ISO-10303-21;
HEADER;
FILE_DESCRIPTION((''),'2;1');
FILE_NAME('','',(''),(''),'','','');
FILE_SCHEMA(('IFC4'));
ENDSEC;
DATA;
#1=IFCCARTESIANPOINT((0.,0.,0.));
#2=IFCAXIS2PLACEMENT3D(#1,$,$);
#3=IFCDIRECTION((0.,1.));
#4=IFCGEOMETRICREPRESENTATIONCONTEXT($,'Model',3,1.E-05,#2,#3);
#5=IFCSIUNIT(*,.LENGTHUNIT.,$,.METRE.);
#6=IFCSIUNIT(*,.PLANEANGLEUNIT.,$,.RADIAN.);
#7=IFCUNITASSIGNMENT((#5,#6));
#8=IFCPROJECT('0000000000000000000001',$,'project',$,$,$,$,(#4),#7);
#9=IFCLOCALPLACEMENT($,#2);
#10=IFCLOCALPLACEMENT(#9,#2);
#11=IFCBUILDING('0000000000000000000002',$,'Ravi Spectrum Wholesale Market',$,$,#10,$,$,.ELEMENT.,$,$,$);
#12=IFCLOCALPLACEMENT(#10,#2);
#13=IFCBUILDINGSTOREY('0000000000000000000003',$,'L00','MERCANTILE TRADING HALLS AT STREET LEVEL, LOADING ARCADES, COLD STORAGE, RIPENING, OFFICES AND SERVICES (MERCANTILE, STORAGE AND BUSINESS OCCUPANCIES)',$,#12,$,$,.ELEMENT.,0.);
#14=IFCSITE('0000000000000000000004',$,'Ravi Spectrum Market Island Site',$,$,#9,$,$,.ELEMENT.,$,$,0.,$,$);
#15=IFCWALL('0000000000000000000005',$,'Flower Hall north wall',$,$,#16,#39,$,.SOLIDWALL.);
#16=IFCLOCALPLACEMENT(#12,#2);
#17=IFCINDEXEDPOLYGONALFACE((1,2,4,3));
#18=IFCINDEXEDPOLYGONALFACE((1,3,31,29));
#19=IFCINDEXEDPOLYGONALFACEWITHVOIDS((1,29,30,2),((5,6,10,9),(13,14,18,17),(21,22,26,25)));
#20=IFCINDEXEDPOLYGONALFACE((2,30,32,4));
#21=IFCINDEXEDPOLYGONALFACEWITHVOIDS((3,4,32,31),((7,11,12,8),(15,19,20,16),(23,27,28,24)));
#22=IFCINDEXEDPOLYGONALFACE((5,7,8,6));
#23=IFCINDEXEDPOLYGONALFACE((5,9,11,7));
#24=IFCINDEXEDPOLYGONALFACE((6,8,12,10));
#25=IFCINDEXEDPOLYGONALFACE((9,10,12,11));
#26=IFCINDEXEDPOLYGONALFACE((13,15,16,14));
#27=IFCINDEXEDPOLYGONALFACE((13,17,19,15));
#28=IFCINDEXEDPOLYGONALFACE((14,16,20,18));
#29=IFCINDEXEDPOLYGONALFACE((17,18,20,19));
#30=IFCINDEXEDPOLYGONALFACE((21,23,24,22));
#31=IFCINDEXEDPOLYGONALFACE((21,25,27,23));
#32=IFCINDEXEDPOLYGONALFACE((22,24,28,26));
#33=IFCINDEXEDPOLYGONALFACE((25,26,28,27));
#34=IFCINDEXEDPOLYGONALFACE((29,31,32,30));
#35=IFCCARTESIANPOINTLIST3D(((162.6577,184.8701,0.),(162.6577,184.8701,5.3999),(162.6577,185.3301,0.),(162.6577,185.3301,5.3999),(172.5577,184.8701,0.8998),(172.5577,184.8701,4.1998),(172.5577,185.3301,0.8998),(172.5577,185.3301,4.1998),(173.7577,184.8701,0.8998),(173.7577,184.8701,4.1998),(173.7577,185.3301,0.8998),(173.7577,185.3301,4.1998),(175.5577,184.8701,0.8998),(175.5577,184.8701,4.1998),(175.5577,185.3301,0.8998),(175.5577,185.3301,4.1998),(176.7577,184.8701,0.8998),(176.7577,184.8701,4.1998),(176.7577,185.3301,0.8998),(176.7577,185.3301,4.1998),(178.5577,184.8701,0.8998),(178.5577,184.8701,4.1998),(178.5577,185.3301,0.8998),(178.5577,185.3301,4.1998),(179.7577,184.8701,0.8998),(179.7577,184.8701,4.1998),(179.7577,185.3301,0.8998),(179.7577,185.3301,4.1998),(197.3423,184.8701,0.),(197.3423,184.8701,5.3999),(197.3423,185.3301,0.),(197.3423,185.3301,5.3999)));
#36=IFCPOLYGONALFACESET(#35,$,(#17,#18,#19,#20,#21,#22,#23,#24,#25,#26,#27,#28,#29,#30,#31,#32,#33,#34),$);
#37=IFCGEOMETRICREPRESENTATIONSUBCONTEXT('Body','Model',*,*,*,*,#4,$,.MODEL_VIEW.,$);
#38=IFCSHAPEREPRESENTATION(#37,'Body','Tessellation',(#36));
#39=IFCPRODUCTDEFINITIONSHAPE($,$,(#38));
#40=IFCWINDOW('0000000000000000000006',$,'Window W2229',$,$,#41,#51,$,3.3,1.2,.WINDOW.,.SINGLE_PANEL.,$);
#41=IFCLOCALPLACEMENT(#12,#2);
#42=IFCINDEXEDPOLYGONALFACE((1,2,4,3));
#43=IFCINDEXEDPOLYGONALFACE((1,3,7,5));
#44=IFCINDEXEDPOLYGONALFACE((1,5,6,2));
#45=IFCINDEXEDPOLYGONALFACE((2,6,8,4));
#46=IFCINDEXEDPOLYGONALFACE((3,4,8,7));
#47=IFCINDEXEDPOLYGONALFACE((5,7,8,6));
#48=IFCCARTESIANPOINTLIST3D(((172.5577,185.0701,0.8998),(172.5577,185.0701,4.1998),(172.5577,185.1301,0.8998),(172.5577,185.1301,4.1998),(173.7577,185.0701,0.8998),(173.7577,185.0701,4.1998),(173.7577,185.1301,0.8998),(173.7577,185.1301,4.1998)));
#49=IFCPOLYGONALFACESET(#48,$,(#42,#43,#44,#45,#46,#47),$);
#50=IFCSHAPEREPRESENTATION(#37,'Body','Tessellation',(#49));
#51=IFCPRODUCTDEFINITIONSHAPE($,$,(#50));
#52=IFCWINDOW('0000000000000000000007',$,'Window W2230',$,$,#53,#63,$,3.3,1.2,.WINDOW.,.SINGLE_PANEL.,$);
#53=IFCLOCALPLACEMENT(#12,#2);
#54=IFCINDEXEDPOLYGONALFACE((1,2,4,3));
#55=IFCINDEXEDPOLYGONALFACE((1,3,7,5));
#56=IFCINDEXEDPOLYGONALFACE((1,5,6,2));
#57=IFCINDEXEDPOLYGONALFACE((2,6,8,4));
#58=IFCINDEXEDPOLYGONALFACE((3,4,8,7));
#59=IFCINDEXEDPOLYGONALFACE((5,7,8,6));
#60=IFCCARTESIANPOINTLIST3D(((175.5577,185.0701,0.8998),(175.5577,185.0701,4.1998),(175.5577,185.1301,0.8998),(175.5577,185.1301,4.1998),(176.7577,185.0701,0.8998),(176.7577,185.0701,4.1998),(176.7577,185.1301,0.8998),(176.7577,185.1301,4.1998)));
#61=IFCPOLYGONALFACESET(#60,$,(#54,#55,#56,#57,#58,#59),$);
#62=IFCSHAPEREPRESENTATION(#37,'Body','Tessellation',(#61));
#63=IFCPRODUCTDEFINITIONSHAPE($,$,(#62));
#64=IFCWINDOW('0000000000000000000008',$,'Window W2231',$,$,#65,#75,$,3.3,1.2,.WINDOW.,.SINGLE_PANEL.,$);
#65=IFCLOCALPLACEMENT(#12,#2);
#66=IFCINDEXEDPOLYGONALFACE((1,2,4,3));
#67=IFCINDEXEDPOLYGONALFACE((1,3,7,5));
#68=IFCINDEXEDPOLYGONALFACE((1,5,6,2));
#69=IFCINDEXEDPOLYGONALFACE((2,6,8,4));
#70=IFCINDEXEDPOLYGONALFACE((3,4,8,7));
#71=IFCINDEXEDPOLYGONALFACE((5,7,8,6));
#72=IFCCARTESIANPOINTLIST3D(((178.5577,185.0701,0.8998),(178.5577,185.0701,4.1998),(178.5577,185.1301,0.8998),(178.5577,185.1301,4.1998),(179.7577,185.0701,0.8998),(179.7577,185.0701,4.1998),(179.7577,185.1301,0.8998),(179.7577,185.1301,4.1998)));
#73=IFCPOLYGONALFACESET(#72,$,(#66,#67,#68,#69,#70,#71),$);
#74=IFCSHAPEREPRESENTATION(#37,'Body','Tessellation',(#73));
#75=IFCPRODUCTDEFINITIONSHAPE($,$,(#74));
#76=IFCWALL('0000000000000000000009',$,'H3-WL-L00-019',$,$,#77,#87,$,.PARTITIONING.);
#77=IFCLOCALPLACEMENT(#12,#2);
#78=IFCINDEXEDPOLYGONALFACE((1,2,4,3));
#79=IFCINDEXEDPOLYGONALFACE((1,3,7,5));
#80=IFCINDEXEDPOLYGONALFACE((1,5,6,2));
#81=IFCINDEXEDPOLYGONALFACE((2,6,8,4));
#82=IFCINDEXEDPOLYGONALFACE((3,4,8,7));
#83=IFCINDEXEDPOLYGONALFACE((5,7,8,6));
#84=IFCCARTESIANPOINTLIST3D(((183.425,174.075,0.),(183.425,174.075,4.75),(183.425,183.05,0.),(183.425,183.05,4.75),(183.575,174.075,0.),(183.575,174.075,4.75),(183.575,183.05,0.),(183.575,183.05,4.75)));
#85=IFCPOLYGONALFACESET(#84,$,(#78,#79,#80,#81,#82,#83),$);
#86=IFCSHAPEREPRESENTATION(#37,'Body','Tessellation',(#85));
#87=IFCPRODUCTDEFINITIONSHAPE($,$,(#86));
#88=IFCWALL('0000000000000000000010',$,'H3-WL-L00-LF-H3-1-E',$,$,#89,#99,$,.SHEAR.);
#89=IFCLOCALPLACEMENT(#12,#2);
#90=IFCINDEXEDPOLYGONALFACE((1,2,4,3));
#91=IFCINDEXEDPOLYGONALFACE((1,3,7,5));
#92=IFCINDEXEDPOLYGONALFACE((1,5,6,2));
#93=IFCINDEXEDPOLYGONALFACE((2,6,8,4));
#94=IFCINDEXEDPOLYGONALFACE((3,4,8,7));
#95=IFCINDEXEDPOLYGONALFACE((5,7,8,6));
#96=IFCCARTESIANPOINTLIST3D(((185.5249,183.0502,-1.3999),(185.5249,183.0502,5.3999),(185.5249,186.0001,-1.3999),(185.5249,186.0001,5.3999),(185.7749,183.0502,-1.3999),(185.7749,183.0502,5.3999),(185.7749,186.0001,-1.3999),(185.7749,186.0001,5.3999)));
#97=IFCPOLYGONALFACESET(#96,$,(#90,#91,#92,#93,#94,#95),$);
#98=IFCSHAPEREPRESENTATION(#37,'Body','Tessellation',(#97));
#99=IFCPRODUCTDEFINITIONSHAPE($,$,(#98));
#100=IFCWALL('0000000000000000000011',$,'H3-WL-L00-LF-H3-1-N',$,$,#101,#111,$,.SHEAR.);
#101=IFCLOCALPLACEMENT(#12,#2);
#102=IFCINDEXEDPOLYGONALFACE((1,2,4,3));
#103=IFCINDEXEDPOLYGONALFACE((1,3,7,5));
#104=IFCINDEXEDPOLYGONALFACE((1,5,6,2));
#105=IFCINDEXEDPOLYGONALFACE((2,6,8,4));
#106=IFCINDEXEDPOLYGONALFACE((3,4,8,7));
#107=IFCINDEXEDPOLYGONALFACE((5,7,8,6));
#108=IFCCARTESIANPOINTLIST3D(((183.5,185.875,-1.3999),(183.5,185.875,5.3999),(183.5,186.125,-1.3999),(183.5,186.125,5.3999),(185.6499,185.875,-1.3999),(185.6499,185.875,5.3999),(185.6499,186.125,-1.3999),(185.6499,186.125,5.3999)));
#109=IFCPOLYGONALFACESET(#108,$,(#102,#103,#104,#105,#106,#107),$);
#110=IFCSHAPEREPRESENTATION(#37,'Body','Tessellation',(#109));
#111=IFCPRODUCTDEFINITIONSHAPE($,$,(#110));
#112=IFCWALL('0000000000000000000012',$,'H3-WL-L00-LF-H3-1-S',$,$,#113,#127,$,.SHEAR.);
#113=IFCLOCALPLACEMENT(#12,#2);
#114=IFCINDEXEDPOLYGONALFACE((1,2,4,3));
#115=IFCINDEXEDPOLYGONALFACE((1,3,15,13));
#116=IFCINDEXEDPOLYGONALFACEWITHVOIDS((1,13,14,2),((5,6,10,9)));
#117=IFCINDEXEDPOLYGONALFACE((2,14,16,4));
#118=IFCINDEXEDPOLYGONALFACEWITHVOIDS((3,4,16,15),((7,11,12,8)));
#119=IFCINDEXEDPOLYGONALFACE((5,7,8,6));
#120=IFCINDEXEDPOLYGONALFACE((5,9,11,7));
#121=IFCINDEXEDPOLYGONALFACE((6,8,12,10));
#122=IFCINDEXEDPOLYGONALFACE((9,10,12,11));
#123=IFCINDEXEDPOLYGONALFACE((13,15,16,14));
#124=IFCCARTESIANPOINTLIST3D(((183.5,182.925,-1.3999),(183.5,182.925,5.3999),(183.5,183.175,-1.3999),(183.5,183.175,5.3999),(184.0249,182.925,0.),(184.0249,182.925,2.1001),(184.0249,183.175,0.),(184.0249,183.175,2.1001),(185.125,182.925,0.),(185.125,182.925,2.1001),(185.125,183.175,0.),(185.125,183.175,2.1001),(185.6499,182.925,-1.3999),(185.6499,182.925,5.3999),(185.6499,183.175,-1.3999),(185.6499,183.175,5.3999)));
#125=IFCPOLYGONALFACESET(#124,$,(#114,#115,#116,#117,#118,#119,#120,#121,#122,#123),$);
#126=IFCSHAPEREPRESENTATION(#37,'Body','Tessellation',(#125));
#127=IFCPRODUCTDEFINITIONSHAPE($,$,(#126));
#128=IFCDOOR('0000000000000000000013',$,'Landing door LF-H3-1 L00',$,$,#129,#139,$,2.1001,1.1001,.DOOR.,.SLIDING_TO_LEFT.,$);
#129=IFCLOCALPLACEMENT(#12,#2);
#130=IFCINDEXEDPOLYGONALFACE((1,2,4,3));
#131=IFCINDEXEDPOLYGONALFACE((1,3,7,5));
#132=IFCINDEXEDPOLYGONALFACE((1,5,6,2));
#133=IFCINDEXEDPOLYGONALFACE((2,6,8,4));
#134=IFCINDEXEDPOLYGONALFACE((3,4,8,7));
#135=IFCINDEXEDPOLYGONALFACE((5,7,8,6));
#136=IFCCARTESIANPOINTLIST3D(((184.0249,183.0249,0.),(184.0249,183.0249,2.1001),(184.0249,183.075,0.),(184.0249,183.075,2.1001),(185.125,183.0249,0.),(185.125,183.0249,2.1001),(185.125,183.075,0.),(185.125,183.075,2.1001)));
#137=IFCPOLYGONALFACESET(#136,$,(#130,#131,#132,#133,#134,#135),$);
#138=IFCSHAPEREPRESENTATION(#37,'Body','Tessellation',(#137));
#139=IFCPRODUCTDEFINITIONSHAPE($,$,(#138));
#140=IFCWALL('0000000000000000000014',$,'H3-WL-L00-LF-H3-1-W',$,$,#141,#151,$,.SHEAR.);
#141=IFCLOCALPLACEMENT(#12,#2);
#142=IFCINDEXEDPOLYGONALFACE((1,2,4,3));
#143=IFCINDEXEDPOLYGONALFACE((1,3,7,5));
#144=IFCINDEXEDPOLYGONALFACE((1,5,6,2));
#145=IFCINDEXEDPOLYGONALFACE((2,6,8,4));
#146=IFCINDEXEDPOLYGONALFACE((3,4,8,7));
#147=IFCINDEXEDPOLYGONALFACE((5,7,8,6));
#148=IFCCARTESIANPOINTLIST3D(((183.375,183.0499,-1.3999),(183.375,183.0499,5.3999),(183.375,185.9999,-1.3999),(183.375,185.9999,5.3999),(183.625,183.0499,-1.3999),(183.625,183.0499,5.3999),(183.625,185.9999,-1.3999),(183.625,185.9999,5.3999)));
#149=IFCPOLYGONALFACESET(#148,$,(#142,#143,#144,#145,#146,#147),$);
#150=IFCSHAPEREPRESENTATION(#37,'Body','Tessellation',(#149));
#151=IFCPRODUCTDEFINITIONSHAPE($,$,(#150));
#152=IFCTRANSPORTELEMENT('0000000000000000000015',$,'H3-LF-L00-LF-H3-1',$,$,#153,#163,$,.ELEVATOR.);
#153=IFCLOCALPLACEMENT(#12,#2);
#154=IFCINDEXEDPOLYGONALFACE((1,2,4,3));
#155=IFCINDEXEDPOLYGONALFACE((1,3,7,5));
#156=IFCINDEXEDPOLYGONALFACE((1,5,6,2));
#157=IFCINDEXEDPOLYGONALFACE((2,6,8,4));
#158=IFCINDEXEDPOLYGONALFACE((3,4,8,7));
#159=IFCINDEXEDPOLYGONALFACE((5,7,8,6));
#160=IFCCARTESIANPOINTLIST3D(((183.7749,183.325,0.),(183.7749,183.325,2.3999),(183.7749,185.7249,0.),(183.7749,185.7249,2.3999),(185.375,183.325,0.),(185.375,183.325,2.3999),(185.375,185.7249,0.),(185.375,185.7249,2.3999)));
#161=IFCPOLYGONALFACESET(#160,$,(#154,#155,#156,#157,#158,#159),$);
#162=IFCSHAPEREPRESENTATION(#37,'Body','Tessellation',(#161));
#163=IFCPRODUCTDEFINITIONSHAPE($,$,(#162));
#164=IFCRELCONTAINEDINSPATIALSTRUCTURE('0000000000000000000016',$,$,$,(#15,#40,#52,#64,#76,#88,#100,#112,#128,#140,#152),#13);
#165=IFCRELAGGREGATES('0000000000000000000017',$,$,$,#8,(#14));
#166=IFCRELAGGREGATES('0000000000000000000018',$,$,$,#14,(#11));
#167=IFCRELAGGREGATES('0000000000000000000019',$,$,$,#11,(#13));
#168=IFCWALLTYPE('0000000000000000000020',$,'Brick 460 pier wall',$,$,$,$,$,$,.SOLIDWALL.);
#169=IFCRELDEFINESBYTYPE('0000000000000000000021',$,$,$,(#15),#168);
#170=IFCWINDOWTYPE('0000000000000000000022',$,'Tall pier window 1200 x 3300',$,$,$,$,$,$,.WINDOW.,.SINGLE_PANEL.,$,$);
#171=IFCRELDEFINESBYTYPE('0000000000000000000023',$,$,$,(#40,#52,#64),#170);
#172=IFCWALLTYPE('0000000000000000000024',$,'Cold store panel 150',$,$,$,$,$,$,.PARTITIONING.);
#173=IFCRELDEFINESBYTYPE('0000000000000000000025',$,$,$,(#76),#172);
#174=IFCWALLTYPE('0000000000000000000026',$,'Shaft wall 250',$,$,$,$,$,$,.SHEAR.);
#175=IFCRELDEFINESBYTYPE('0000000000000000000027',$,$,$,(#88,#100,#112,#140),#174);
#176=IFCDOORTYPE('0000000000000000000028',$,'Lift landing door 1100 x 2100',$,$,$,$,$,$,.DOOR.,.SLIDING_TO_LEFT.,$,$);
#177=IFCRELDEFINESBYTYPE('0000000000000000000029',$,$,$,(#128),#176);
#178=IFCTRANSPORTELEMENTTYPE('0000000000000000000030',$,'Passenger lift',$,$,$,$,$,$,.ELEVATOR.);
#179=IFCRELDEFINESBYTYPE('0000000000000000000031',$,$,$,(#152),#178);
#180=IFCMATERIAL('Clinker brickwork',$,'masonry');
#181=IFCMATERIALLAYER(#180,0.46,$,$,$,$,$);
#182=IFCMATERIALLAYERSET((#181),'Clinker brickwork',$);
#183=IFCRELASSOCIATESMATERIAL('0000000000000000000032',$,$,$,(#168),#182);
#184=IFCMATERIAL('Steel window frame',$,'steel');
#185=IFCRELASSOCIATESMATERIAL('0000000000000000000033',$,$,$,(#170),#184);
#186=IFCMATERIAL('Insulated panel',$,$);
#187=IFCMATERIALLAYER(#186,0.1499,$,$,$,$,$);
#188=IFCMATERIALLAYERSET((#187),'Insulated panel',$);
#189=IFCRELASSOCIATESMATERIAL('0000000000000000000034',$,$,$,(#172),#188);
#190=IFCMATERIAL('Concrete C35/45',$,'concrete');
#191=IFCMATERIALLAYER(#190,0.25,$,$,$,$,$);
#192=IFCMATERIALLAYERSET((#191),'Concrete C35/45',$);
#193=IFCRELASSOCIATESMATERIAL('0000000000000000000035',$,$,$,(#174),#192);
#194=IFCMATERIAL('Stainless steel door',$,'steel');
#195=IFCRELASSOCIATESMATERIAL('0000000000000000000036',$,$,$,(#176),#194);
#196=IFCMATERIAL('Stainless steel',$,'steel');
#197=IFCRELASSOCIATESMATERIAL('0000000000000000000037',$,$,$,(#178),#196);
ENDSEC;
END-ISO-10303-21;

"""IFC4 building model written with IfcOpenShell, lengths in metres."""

from ifc_helpers import new_model, si_unit, direction, frame, frame_2d, origin, origin_2d, place, context, subcontext, project, spatial, rectangle, extrude, material, layer, layer_set, type_object, element, fill, save


model = new_model("IFC4")

# Units and contexts
model_context = context("Model", 3, precision=1e-05, world=origin(), true_north=direction((0.0, 1.0)))
body_context = subcontext(model_context, "Body", "Model", "MODEL_VIEW")
ifc_project = project(units=[si_unit("LENGTHUNIT", "METRE"), si_unit("PLANEANGLEUNIT", "RADIAN")], contexts=[model_context])

# Site, building, storey
site_placement = place(None, origin())
site = spatial("IfcSite", under=ifc_project, at=site_placement, Name="Ravi Spectrum Market Island Site", CompositionType="ELEMENT", RefElevation=0.0)
building_placement = place(site_placement, origin())
building = spatial("IfcBuilding", under=site, at=building_placement, Name="Ravi Spectrum Wholesale Market", CompositionType="ELEMENT")
storey_placement = place(building_placement, origin())
storey = spatial("IfcBuildingStorey", under=building, at=storey_placement, Name="L00", Description="MERCANTILE TRADING HALLS AT STREET LEVEL, LOADING ARCADES, COLD STORAGE, RIPENING, OFFICES AND SERVICES (MERCANTILE, STORAGE AND BUSINESS OCCUPANCIES)", CompositionType="ELEMENT", Elevation=0.0)

# Wall, openings, windows
ifc_material_1 = material(Name="Clinker brickwork", Category="masonry")
ifc_layer_1 = layer(ifc_material_1, 0.46)
ifc_layer_set_1 = layer_set([ifc_layer_1], Name="Clinker brickwork")
wall_type_1 = type_object("IfcWallType", Name="Brick 460 pier wall", PredefinedType="SOLIDWALL", material=ifc_layer_set_1)
wall_1_placement = place(storey_placement, frame((162.6577, 185.1001, 0.0), z_axis=(0.0, 0.0, 1.0), x_axis=(1.0, 0.0, 0.0)))
wall_1 = element("IfcWall", 1, at=wall_1_placement, inside=storey, type_object=wall_type_1, Name="Flower Hall north wall", PredefinedType="SOLIDWALL", context=body_context, shape_type="SweptSolid", body=[
    extrude(rectangle(XDim=34.6846, YDim=0.46, at=frame_2d((17.3423, 0.0))), origin(), (0.0, 0.0, 1.0), 5.3999),
])
opening_1_placement = place(wall_1_placement, frame((9.8999, 0.0, 0.8999)))
opening_1 = element("IfcOpeningElement", 2, at=opening_1_placement, cuts=wall_1, PredefinedType="OPENING", context=body_context, shape_type="SweptSolid", body=[
    extrude(rectangle(XDim=1.2, YDim=3.3, at=frame_2d((0.6001, 1.6499))), frame((0.0, 0.24, 0.0), z_axis=(0.0, -1.0, 0.0), x_axis=(1.0, 0.0, 0.0)), (0.0, 0.0, 1.0), 0.48),
])
opening_2_placement = place(wall_1_placement, frame((12.8999, 0.0, 0.8999)))
opening_2 = element("IfcOpeningElement", 3, at=opening_2_placement, cuts=wall_1, PredefinedType="OPENING", context=body_context, shape_type="SweptSolid", body=[
    extrude(rectangle(XDim=1.2, YDim=3.3, at=frame_2d((0.6001, 1.6499))), frame((0.0, 0.24, 0.0), z_axis=(0.0, -1.0, 0.0), x_axis=(1.0, 0.0, 0.0)), (0.0, 0.0, 1.0), 0.48),
])
opening_3_placement = place(wall_1_placement, frame((15.8999, 0.0, 0.8999)))
opening_3 = element("IfcOpeningElement", 4, at=opening_3_placement, cuts=wall_1, PredefinedType="OPENING", context=body_context, shape_type="SweptSolid", body=[
    extrude(rectangle(XDim=1.2, YDim=3.3, at=frame_2d((0.6001, 1.6499))), frame((0.0, 0.24, 0.0), z_axis=(0.0, -1.0, 0.0), x_axis=(1.0, 0.0, 0.0)), (0.0, 0.0, 1.0), 0.48),
])
ifc_material_2 = material(Name="Steel window frame", Category="steel")
window_type = type_object("IfcWindowType", Name="Tall pier window 1200 x 3300", PartitioningType="SINGLE_PANEL", PredefinedType="WINDOW", material=ifc_material_2)
window_1_placement = place(opening_1_placement, origin())
window_1 = element("IfcWindow", 5, at=window_1_placement, inside=storey, type_object=window_type, Name="Window W2229", OverallHeight=3.3, OverallWidth=1.2, PartitioningType="SINGLE_PANEL", PredefinedType="WINDOW", context=body_context, shape_type="SweptSolid", body=[
    extrude(rectangle(XDim=1.2, YDim=3.3, at=frame_2d((0.6001, 1.6499))), frame((0.0, 0.03, 0.0), z_axis=(0.0, -1.0, 0.0), x_axis=(1.0, 0.0, 0.0)), (0.0, 0.0, 1.0), 0.0601),
])
fill(opening_1, window_1)
window_2_placement = place(opening_2_placement, origin())
window_2 = element("IfcWindow", 6, at=window_2_placement, inside=storey, type_object=window_type, Name="Window W2230", OverallHeight=3.3, OverallWidth=1.2, PartitioningType="SINGLE_PANEL", PredefinedType="WINDOW", context=body_context, shape_type="SweptSolid", body=[
    extrude(rectangle(XDim=1.2, YDim=3.3, at=frame_2d((0.6001, 1.6499))), frame((0.0, 0.03, 0.0), z_axis=(0.0, -1.0, 0.0), x_axis=(1.0, 0.0, 0.0)), (0.0, 0.0, 1.0), 0.0601),
])
fill(opening_2, window_2)
window_3_placement = place(opening_3_placement, origin())
window_3 = element("IfcWindow", 7, at=window_3_placement, inside=storey, type_object=window_type, Name="Window W2231", OverallHeight=3.3, OverallWidth=1.2, PartitioningType="SINGLE_PANEL", PredefinedType="WINDOW", context=body_context, shape_type="SweptSolid", body=[
    extrude(rectangle(XDim=1.2, YDim=3.3, at=frame_2d((0.6001, 1.6499))), frame((0.0, 0.03, 0.0), z_axis=(0.0, -1.0, 0.0), x_axis=(1.0, 0.0, 0.0)), (0.0, 0.0, 1.0), 0.0601),
])
fill(opening_3, window_3)

# Walls
ifc_material_3 = material(Name="Insulated panel")
ifc_layer_2 = layer(ifc_material_3, 0.1499)
ifc_layer_set_2 = layer_set([ifc_layer_2], Name="Insulated panel")
wall_type_2 = type_object("IfcWallType", Name="Cold store panel 150", PredefinedType="PARTITIONING", material=ifc_layer_set_2)
wall_2_placement = place(storey_placement, frame((183.5, 174.075, 0.0), z_axis=(0.0, 0.0, 1.0), x_axis=(0.0, 1.0, 0.0)))
element("IfcWall", 8, at=wall_2_placement, inside=storey, type_object=wall_type_2, Name="H3-WL-L00-019", PredefinedType="PARTITIONING", context=body_context, shape_type="SweptSolid", body=[
    extrude(rectangle(XDim=8.9751, YDim=0.1499, at=frame_2d((4.4875, 0.0))), origin(), (0.0, 0.0, 1.0), 4.75),
])
ifc_material_4 = material(Name="Concrete C35/45", Category="concrete")
ifc_layer_3 = layer(ifc_material_4, 0.25)
ifc_layer_set_3 = layer_set([ifc_layer_3], Name="Concrete C35/45")
wall_type_3 = type_object("IfcWallType", Name="Shaft wall 250", PredefinedType="SHEAR", material=ifc_layer_set_3)
wall_3_placement = place(storey_placement, frame((185.6499, 183.05, -1.3999), z_axis=(0.0, 0.0, 1.0), x_axis=(0.0, 1.0, 0.0)))
element("IfcWall", 9, at=wall_3_placement, inside=storey, type_object=wall_type_3, Name="H3-WL-L00-LF-H3-1-E", PredefinedType="SHEAR", context=body_context, shape_type="SweptSolid", body=[
    extrude(rectangle(XDim=2.95, YDim=0.25, at=frame_2d((1.4751, 0.0))), origin(), (0.0, 0.0, 1.0), 6.7998),
])
wall_4_placement = place(storey_placement, frame((185.6499, 186.0, -1.3999), z_axis=(0.0, 0.0, 1.0), x_axis=(-1.0, 0.0, 0.0)))
element("IfcWall", 10, at=wall_4_placement, inside=storey, type_object=wall_type_3, Name="H3-WL-L00-LF-H3-1-N", PredefinedType="SHEAR", context=body_context, shape_type="SweptSolid", body=[
    extrude(rectangle(XDim=2.1499, YDim=0.25, at=frame_2d((1.075, 0.0))), origin(), (0.0, 0.0, 1.0), 6.7998),
])

# Wall, opening, door
wall_5_placement = place(storey_placement, frame((183.5, 183.05, -1.3999), z_axis=(0.0, 0.0, 1.0), x_axis=(1.0, 0.0, 0.0)))
wall_5 = element("IfcWall", 11, at=wall_5_placement, inside=storey, type_object=wall_type_3, Name="H3-WL-L00-LF-H3-1-S", PredefinedType="SHEAR", context=body_context, shape_type="SweptSolid", body=[
    extrude(rectangle(XDim=2.1499, YDim=0.25, at=frame_2d((1.075, 0.0))), origin(), (0.0, 0.0, 1.0), 6.7998),
])
opening_4_placement = place(wall_5_placement, frame((0.5249, 0.0, 1.3999)))
opening_4 = element("IfcOpeningElement", 12, at=opening_4_placement, cuts=wall_5, PredefinedType="OPENING", context=body_context, shape_type="SweptSolid", body=[
    extrude(rectangle(XDim=1.1001, YDim=2.1001, at=frame_2d((0.55, 1.05))), frame((0.0, 0.135, 0.0), z_axis=(0.0, -1.0, 0.0), x_axis=(1.0, 0.0, 0.0)), (0.0, 0.0, 1.0), 0.27),
])
ifc_material_5 = material(Name="Stainless steel door", Category="steel")
door_type_1 = type_object("IfcDoorType", Name="Lift landing door 1100 x 2100", OperationType="SLIDING_TO_LEFT", PredefinedType="DOOR", material=ifc_material_5)
door_1_placement = place(opening_4_placement, origin())
door_1 = element("IfcDoor", 13, at=door_1_placement, inside=storey, type_object=door_type_1, Name="Landing door LF-H3-1 L00", OperationType="SLIDING_TO_LEFT", OverallHeight=2.1001, OverallWidth=1.1001, PredefinedType="DOOR", context=body_context, shape_type="SweptSolid", body=[
    extrude(rectangle(XDim=1.1001, YDim=2.1001, at=frame_2d((0.55, 1.05))), frame((0.0, 0.0249, 0.0), z_axis=(0.0, -1.0, 0.0), x_axis=(1.0, 0.0, 0.0)), (0.0, 0.0, 1.0), 0.05),
])
fill(opening_4, door_1)

# Wall
wall_6_placement = place(storey_placement, frame((183.5, 186.0, -1.3999), z_axis=(0.0, 0.0, 1.0), x_axis=(0.0, -1.0, 0.0)))
element("IfcWall", 14, at=wall_6_placement, inside=storey, type_object=wall_type_3, Name="H3-WL-L00-LF-H3-1-W", PredefinedType="SHEAR", context=body_context, shape_type="SweptSolid", body=[
    extrude(rectangle(XDim=2.95, YDim=0.25, at=frame_2d((1.4751, 0.0))), origin(), (0.0, 0.0, 1.0), 6.7998),
])

# Transport element
ifc_material_6 = material(Name="Stainless steel", Category="steel")
transport_element_type = type_object("IfcTransportElementType", Name="Passenger lift", PredefinedType="ELEVATOR", material=ifc_material_6)
transport_element_placement = place(storey_placement, frame((184.575, 184.5249, 0.0), z_axis=(0.0, 0.0, 1.0), x_axis=(1.0, 0.0, 0.0)))
element("IfcTransportElement", 15, at=transport_element_placement, inside=storey, type_object=transport_element_type, Name="H3-LF-L00-LF-H3-1", PredefinedType="ELEVATOR", context=body_context, shape_type="SweptSolid", body=[
    extrude(rectangle(XDim=1.6001, YDim=2.3999, at=origin_2d()), origin(), (0.0, 0.0, 1.0), 2.3999),
])

save(model, "model.ifc")
